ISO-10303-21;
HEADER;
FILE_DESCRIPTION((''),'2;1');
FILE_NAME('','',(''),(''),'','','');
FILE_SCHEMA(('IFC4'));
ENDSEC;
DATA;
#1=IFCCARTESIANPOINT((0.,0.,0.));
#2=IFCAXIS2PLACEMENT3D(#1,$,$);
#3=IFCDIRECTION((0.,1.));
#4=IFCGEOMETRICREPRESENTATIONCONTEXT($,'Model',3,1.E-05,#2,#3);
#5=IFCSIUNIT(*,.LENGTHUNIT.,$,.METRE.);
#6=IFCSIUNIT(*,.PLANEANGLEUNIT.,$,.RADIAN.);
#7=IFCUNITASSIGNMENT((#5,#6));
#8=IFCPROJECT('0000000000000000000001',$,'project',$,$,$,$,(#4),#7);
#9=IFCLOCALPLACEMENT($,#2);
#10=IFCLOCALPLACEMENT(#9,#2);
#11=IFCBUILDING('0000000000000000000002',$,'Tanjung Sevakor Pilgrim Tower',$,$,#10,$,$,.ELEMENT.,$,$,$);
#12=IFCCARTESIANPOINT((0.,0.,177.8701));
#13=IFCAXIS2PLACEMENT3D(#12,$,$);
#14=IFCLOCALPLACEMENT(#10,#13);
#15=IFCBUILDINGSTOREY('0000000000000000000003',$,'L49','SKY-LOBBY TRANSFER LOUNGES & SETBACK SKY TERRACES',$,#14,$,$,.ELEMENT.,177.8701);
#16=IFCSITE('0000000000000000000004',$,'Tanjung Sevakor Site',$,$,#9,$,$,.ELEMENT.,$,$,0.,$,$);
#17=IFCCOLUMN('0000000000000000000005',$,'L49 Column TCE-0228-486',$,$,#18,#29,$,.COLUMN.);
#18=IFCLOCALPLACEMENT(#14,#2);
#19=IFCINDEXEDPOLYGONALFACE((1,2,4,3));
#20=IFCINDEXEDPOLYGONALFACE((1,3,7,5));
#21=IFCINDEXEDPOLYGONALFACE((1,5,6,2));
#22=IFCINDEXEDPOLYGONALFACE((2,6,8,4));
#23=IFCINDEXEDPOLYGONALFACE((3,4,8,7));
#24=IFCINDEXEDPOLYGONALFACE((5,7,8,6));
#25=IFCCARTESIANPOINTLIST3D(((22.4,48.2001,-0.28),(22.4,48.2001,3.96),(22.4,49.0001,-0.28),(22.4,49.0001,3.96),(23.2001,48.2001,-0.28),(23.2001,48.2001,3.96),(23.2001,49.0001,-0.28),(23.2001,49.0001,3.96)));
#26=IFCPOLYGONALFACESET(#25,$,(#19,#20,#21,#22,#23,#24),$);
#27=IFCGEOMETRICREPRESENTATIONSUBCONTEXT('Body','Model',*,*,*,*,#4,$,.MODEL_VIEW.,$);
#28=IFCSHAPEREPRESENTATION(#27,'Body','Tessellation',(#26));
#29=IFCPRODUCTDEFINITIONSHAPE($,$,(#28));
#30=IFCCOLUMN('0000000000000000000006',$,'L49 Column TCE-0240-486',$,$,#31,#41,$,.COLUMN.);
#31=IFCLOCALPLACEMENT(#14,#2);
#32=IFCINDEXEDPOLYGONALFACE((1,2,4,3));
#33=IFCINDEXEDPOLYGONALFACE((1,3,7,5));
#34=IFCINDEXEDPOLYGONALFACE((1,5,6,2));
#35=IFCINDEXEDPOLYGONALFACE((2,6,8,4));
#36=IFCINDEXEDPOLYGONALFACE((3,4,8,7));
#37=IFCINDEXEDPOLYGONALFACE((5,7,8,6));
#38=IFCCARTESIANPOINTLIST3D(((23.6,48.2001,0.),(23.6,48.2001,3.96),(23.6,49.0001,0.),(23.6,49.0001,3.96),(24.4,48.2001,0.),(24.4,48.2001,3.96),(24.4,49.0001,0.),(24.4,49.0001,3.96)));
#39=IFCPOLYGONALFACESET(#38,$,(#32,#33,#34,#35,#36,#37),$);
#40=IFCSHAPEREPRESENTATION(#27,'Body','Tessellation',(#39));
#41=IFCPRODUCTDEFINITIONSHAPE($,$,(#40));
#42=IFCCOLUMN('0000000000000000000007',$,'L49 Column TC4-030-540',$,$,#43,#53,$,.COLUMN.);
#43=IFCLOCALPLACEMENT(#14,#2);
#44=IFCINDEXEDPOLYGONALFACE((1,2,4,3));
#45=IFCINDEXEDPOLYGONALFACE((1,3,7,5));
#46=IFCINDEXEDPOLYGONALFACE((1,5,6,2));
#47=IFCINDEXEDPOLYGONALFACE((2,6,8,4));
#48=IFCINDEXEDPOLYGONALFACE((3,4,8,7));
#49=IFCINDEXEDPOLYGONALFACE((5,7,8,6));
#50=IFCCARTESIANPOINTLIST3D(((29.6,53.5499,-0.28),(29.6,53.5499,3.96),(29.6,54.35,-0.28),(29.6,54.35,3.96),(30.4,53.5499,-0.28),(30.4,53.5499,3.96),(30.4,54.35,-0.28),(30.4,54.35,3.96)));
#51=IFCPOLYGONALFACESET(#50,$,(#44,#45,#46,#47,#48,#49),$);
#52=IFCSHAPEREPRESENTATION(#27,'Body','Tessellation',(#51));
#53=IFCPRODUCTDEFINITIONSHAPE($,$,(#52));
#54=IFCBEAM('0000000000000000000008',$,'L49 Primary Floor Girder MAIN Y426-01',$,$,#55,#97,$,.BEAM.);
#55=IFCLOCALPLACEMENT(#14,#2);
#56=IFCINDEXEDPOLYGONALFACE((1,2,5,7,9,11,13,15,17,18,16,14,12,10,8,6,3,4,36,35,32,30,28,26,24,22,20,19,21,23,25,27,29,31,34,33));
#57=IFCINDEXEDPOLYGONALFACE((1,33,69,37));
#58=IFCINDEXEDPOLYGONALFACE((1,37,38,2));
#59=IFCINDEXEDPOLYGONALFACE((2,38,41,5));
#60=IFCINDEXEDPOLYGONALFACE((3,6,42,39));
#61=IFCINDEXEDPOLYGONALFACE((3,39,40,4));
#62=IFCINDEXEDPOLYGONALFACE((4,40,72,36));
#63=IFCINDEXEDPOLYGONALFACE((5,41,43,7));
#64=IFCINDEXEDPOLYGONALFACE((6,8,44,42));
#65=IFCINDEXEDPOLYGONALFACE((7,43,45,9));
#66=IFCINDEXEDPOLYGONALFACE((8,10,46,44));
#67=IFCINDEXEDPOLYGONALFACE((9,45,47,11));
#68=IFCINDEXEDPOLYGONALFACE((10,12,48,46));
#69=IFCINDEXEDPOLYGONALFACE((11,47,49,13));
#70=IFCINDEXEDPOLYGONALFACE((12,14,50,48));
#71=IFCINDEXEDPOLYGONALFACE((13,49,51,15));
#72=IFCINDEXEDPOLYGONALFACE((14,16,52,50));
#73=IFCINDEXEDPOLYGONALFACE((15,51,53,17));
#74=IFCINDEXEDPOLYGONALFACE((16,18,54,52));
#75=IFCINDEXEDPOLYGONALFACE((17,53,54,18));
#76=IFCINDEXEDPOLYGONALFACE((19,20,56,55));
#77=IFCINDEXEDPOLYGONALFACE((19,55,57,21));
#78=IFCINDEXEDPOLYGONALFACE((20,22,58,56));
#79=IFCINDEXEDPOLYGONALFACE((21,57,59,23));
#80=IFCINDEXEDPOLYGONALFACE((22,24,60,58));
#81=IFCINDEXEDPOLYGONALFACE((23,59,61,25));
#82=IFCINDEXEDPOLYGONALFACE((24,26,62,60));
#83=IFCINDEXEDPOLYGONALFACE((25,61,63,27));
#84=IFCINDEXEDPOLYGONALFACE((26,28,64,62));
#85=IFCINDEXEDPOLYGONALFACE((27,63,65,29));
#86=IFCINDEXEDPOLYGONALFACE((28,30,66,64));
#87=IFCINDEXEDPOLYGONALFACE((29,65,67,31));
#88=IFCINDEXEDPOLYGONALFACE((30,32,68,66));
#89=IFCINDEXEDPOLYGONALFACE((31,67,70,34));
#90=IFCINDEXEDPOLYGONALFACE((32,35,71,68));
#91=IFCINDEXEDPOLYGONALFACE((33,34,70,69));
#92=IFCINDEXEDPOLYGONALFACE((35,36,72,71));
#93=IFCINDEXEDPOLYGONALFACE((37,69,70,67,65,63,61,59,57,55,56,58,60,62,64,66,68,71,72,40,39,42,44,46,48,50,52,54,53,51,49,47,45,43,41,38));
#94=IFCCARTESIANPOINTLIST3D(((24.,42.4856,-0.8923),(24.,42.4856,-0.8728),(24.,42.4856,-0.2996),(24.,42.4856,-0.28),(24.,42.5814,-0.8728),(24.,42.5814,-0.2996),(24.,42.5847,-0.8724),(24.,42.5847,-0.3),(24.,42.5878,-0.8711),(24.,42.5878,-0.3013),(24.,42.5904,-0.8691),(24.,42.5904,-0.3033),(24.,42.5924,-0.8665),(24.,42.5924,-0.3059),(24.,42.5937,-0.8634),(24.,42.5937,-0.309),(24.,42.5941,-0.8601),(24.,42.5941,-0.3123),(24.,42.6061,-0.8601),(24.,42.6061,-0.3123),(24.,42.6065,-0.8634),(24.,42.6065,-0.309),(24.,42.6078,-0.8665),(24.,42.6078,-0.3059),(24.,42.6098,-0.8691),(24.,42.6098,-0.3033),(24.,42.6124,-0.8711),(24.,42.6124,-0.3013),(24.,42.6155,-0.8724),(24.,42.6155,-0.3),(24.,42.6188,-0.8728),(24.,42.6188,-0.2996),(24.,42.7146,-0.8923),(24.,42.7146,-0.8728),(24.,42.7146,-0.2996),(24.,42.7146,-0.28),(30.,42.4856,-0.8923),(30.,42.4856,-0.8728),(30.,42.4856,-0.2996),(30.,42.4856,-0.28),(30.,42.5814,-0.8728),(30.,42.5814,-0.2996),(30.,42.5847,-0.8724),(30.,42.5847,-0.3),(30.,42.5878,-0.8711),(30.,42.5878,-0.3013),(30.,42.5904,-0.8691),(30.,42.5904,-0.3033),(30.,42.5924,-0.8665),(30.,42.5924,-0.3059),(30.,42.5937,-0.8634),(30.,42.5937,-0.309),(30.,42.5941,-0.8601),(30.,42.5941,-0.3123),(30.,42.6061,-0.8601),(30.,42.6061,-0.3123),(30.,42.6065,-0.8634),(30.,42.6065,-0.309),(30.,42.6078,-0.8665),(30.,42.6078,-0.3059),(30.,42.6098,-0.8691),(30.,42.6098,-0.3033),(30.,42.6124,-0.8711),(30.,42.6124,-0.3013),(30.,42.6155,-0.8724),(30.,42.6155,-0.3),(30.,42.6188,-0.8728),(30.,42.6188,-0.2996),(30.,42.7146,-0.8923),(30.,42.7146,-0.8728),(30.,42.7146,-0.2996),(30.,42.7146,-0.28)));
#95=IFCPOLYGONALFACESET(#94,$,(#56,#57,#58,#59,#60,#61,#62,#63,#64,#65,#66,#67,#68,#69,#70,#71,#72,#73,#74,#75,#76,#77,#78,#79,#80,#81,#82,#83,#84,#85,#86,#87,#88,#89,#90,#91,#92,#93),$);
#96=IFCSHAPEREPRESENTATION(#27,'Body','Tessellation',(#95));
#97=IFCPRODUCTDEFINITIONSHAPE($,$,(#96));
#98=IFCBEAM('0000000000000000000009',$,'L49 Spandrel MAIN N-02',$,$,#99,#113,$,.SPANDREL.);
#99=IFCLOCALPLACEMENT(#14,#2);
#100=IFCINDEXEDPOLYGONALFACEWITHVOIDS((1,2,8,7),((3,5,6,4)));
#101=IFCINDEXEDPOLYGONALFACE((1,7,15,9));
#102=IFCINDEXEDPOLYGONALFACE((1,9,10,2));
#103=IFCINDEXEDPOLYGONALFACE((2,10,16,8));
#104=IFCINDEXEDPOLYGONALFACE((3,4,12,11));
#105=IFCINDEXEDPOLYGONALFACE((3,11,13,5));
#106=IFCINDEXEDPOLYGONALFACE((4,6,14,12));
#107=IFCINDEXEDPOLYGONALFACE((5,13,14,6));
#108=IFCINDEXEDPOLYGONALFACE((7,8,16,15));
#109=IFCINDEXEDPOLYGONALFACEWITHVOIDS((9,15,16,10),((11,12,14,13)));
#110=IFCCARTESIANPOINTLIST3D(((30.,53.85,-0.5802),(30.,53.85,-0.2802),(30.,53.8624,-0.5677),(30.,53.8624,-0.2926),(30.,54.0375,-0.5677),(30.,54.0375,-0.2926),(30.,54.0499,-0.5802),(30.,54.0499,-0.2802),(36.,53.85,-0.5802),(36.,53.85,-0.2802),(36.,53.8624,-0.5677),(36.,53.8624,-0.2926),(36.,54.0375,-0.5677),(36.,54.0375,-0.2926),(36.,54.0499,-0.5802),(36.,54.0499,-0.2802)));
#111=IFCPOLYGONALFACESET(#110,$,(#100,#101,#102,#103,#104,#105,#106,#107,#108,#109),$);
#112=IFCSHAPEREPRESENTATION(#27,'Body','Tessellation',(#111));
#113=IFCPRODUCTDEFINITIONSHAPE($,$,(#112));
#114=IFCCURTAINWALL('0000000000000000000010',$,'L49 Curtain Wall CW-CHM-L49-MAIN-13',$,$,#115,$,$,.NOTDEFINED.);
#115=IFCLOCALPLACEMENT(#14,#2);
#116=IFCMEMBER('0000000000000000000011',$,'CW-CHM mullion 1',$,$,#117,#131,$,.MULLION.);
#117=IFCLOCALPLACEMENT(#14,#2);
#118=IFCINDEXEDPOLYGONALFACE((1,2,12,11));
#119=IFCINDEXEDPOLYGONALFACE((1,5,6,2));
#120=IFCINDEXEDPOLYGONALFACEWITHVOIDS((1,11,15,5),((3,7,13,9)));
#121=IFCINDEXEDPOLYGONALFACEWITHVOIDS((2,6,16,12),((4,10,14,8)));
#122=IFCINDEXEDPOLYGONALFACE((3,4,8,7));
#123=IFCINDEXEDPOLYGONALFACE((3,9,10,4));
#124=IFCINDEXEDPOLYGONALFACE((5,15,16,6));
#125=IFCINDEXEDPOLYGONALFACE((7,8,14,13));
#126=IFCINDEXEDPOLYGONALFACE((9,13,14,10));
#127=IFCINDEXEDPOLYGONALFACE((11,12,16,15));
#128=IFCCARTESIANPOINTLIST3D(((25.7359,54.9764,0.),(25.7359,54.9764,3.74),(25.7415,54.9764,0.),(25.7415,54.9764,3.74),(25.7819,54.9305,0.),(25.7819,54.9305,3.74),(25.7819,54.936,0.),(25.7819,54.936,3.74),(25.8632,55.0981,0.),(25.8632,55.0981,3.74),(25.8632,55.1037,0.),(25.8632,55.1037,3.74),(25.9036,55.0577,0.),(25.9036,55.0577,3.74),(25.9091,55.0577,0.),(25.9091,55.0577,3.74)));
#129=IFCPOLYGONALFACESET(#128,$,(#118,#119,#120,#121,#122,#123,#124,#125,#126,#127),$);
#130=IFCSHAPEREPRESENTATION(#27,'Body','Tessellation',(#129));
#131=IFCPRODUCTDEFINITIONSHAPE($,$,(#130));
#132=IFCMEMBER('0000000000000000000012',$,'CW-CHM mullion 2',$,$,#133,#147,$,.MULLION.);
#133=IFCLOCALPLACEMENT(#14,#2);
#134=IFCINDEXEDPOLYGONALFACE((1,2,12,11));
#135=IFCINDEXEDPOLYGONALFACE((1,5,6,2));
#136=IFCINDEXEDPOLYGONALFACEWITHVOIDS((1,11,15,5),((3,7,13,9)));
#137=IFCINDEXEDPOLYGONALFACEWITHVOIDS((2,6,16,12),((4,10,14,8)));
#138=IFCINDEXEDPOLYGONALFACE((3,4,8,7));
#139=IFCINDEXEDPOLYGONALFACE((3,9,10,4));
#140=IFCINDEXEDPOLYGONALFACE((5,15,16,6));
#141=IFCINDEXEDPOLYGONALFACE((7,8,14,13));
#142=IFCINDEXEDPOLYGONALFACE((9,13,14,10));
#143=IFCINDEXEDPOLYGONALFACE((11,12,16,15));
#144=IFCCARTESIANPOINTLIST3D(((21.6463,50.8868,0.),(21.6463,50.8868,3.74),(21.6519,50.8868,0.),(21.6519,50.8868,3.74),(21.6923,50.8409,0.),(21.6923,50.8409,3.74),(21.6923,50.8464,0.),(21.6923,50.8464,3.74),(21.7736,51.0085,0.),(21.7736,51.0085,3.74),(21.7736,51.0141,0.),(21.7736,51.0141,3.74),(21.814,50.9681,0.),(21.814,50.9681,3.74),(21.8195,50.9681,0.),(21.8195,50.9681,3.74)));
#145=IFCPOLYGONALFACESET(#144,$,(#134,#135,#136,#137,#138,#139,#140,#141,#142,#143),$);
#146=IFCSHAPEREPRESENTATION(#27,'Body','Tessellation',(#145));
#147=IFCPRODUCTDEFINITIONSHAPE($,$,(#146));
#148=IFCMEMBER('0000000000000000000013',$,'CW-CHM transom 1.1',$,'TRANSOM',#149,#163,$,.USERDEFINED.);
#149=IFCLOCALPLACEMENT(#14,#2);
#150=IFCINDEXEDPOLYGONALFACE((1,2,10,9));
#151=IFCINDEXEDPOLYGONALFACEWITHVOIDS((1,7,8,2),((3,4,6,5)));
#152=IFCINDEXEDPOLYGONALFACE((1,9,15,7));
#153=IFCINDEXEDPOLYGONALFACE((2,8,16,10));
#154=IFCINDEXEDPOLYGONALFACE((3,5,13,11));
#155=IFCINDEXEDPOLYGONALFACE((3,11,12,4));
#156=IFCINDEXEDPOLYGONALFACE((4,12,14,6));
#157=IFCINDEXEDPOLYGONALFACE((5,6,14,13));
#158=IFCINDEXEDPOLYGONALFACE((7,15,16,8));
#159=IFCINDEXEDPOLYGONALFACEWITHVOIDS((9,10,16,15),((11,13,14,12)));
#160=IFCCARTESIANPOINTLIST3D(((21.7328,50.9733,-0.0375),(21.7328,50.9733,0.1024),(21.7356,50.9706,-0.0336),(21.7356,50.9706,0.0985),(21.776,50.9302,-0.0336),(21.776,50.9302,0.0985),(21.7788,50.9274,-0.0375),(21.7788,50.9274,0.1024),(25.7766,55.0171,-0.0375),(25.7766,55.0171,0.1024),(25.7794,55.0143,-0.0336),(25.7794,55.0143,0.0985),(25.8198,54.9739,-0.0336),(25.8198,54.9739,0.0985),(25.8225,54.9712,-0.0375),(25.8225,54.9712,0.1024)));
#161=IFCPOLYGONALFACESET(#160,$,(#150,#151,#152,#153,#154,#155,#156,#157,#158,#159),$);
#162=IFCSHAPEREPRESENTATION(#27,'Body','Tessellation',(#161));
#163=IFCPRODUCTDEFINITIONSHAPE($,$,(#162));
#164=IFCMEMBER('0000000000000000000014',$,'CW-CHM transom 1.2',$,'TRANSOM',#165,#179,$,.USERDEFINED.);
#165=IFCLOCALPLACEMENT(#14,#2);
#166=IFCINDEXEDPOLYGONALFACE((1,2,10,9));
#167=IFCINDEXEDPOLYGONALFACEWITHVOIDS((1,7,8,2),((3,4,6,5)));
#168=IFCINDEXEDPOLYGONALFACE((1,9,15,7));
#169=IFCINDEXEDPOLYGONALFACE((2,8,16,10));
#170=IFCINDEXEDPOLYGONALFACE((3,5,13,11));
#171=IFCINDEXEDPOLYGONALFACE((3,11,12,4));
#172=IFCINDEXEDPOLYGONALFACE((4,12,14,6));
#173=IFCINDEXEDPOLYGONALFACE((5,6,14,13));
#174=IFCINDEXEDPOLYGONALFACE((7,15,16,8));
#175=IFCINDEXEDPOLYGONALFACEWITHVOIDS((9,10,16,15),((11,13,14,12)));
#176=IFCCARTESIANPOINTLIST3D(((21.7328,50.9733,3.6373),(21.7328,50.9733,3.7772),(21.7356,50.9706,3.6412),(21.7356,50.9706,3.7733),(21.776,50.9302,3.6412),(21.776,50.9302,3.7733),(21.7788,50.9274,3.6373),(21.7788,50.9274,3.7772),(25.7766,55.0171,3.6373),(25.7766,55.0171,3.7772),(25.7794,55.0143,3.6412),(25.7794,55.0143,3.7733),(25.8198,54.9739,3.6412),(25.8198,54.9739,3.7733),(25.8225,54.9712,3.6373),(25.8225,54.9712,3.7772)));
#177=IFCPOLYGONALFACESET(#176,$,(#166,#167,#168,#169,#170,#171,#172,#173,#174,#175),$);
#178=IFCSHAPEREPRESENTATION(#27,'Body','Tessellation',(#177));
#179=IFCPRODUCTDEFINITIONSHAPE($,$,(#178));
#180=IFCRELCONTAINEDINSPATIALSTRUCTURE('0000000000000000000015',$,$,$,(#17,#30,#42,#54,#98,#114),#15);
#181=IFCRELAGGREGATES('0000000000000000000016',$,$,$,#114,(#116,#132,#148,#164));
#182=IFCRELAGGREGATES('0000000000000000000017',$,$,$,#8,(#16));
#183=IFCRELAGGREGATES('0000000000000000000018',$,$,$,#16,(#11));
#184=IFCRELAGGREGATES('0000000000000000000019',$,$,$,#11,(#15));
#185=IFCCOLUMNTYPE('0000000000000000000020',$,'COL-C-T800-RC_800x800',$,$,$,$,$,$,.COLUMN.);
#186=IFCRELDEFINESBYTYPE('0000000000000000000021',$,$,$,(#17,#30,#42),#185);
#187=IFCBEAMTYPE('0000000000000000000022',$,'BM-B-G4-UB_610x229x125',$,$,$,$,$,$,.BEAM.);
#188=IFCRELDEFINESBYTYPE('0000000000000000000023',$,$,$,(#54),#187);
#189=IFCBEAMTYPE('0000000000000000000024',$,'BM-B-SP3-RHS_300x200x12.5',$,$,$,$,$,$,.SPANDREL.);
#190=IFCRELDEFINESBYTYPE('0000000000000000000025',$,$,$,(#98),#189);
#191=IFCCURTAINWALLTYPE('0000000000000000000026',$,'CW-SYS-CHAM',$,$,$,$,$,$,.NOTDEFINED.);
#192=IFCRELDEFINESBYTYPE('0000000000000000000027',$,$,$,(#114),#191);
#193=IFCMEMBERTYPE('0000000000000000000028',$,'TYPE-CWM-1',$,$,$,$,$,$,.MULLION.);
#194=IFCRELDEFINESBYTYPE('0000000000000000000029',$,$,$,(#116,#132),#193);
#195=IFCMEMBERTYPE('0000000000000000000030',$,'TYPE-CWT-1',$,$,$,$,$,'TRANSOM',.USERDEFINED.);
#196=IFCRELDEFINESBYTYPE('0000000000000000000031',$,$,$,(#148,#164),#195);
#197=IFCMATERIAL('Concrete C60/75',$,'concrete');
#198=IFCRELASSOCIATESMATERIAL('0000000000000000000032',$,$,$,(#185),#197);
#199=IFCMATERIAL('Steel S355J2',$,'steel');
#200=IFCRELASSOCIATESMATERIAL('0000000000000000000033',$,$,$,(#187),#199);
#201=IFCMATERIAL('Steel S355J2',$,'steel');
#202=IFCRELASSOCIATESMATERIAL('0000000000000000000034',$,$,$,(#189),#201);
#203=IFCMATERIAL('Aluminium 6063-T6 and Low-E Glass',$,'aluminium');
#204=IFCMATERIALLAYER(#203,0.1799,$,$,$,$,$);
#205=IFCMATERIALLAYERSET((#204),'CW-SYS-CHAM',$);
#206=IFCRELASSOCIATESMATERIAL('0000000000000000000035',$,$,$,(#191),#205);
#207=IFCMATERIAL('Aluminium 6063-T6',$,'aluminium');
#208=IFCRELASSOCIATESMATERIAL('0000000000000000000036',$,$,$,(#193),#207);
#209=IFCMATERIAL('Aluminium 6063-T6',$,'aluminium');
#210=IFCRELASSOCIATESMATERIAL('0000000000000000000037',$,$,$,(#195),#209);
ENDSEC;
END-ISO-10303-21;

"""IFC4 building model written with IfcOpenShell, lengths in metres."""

from ifc_helpers import new_model, si_unit, direction, frame, origin, origin_2d, place, context, subcontext, project, spatial, rectangle, hollow_rectangle, i_section, extrude, material, layer, layer_set, material_profile, profile_set, type_object, element, aggregate, save


model = new_model("IFC4")

# Units and contexts
model_context = context("Model", 3, precision=1e-05, world=origin(), true_north=direction((0.0, 1.0)))
body_context = subcontext(model_context, "Body", "Model", "MODEL_VIEW")
ifc_project = project(units=[si_unit("LENGTHUNIT", "METRE"), si_unit("PLANEANGLEUNIT", "RADIAN")], contexts=[model_context])

# Site, building, storey
site_placement = place(None, origin())
site = spatial("IfcSite", under=ifc_project, at=site_placement, Name="Tanjung Sevakor Site", CompositionType="ELEMENT", RefElevation=0.0)
building_placement = place(site_placement, origin())
building = spatial("IfcBuilding", under=site, at=building_placement, Name="Tanjung Sevakor Pilgrim Tower", CompositionType="ELEMENT")
storey_placement = place(building_placement, frame((0.0, 0.0, 177.8701)))
storey = spatial("IfcBuildingStorey", under=building, at=storey_placement, Name="L49", Description="SKY-LOBBY TRANSFER LOUNGES & SETBACK SKY TERRACES", CompositionType="ELEMENT", Elevation=177.8701)

# Columns
ifc_material_1 = material(Name="Concrete C60/75", Category="concrete")
ifc_material_profile_1 = material_profile(ifc_material_1, rectangle(XDim=0.8, YDim=0.8, at=origin_2d()))
ifc_profile_set_1 = profile_set([ifc_material_profile_1], Name="Concrete C60/75")
column_type = type_object("IfcColumnType", Name="COL-C-T800-RC_800x800", PredefinedType="COLUMN", material=ifc_profile_set_1)
column_1_placement = place(storey_placement, frame((22.8, 48.6001, -0.28), z_axis=(0.0, 0.0, 1.0), x_axis=(1.0, 0.0, 0.0)))
element("IfcColumn", 1, at=column_1_placement, inside=storey, type_object=column_type, Name="L49 Column TCE-0228-486", PredefinedType="COLUMN", context=body_context, shape_type="SweptSolid", body=[
    extrude(rectangle(XDim=0.8, YDim=0.8, at=origin_2d()), origin(), (0.0, 0.0, 1.0), 4.24),
])
column_2_placement = place(storey_placement, frame((24.0, 48.6001, 0.0), z_axis=(0.0, 0.0, 1.0), x_axis=(1.0, 0.0, 0.0)))
element("IfcColumn", 2, at=column_2_placement, inside=storey, type_object=column_type, Name="L49 Column TCE-0240-486", PredefinedType="COLUMN", context=body_context, shape_type="SweptSolid", body=[
    extrude(rectangle(XDim=0.8, YDim=0.8, at=origin_2d()), origin(), (0.0, 0.0, 1.0), 3.96),
])
column_3_placement = place(storey_placement, frame((30.0, 53.95, -0.28), z_axis=(0.0, 0.0, 1.0), x_axis=(1.0, 0.0, 0.0)))
element("IfcColumn", 3, at=column_3_placement, inside=storey, type_object=column_type, Name="L49 Column TC4-030-540", PredefinedType="COLUMN", context=body_context, shape_type="SweptSolid", body=[
    extrude(rectangle(XDim=0.8, YDim=0.8, at=origin_2d()), origin(), (0.0, 0.0, 1.0), 4.24),
])

# Beams
ifc_material_2 = material(Name="Steel S355J2", Category="steel")
ifc_material_profile_2 = material_profile(ifc_material_2, i_section(OverallWidth=0.229, OverallDepth=0.6123, WebThickness=0.012, FlangeThickness=0.0195, FilletRadius=0.0127, at=origin_2d()))
ifc_profile_set_2 = profile_set([ifc_material_profile_2], Name="Steel S355J2")
beam_type_1 = type_object("IfcBeamType", Name="BM-B-G4-UB_610x229x125", PredefinedType="BEAM", material=ifc_profile_set_2)
beam_1_placement = place(storey_placement, frame((24.0, 42.6001, -0.5862), z_axis=(1.0, 0.0, 0.0), x_axis=(0.0, 1.0, 0.0)))
element("IfcBeam", 4, at=beam_1_placement, inside=storey, type_object=beam_type_1, Name="L49 Primary Floor Girder MAIN Y426-01", PredefinedType="BEAM", context=body_context, shape_type="SweptSolid", body=[
    extrude(i_section(OverallWidth=0.229, OverallDepth=0.6123, WebThickness=0.012, FlangeThickness=0.0195, FilletRadius=0.0127, at=origin_2d()), origin(), (0.0, 0.0, 1.0), 6.0),
])
ifc_material_3 = material(Name="Steel S355J2", Category="steel")
ifc_material_profile_3 = material_profile(ifc_material_3, hollow_rectangle(XDim=0.2, YDim=0.3, WallThickness=0.0125, at=origin_2d()))
ifc_profile_set_3 = profile_set([ifc_material_profile_3], Name="Steel S355J2")
beam_type_2 = type_object("IfcBeamType", Name="BM-B-SP3-RHS_300x200x12.5", PredefinedType="SPANDREL", material=ifc_profile_set_3)
beam_2_placement = place(storey_placement, frame((30.0, 53.95, -0.4302), z_axis=(1.0, 0.0, 0.0), x_axis=(0.0, 1.0, 0.0)))
element("IfcBeam", 5, at=beam_2_placement, inside=storey, type_object=beam_type_2, Name="L49 Spandrel MAIN N-02", PredefinedType="SPANDREL", context=body_context, shape_type="SweptSolid", body=[
    extrude(hollow_rectangle(XDim=0.2, YDim=0.3, WallThickness=0.0125, at=origin_2d()), origin(), (0.0, 0.0, 1.0), 6.0),
])

# Curtain wall, members
ifc_material_4 = material(Name="Aluminium 6063-T6 and Low-E Glass", Category="aluminium")
ifc_layer_1 = layer(ifc_material_4, 0.1799)
ifc_layer_set_1 = layer_set([ifc_layer_1], Name="CW-SYS-CHAM")
curtain_wall_type = type_object("IfcCurtainWallType", Name="CW-SYS-CHAM", PredefinedType="NOTDEFINED", material=ifc_layer_set_1)
curtain_wall_placement = place(storey_placement, origin())
curtain_wall = element("IfcCurtainWall", 6, at=curtain_wall_placement, inside=storey, type_object=curtain_wall_type, Name="L49 Curtain Wall CW-CHM-L49-MAIN-13", PredefinedType="NOTDEFINED")
ifc_material_5 = material(Name="Aluminium 6063-T6", Category="aluminium")
ifc_material_profile_4 = material_profile(ifc_material_5, hollow_rectangle(XDim=0.0649, YDim=0.1799, WallThickness=0.0039, at=origin_2d()))
ifc_profile_set_4 = profile_set([ifc_material_profile_4], Name="Aluminium 6063-T6")
member_type_1 = type_object("IfcMemberType", Name="TYPE-CWM-1", PredefinedType="MULLION", material=ifc_profile_set_4)
member_1_placement = place(storey_placement, frame((25.8225, 55.0171, 0.0), z_axis=(0.0, 0.0, 1.0), x_axis=(0.707107, -0.707107, 0.0)))
member_1 = element("IfcMember", 7, at=member_1_placement, type_object=member_type_1, Name="CW-CHM mullion 1", PredefinedType="MULLION", context=body_context, shape_type="SweptSolid", body=[
    extrude(hollow_rectangle(XDim=0.0649, YDim=0.1799, WallThickness=0.0039, at=origin_2d()), origin(), (0.0, 0.0, 1.0), 3.74),
])
member_2_placement = place(storey_placement, frame((21.7329, 50.9275, 0.0), z_axis=(0.0, 0.0, 1.0), x_axis=(0.707107, -0.707107, 0.0)))
member_2 = element("IfcMember", 8, at=member_2_placement, type_object=member_type_1, Name="CW-CHM mullion 2", PredefinedType="MULLION", context=body_context, shape_type="SweptSolid", body=[
    extrude(hollow_rectangle(XDim=0.0649, YDim=0.1799, WallThickness=0.0039, at=origin_2d()), origin(), (0.0, 0.0, 1.0), 3.74),
])
ifc_material_6 = material(Name="Aluminium 6063-T6", Category="aluminium")
ifc_material_profile_5 = material_profile(ifc_material_6, hollow_rectangle(XDim=0.0649, YDim=0.1399, WallThickness=0.0039, at=origin_2d()))
ifc_profile_set_5 = profile_set([ifc_material_profile_5], Name="Aluminium 6063-T6")
member_type_2 = type_object("IfcMemberType", Name="TYPE-CWT-1", ElementType="TRANSOM", PredefinedType="USERDEFINED", material=ifc_profile_set_5)
member_3_placement = place(storey_placement, frame((25.7996, 54.9941, 0.0325), z_axis=(-0.707107, -0.707107, 0.0), x_axis=(0.707107, -0.707107, 0.0)))
member_3 = element("IfcMember", 9, at=member_3_placement, type_object=member_type_2, Name="CW-CHM transom 1.1", ObjectType="TRANSOM", PredefinedType="USERDEFINED", context=body_context, shape_type="SweptSolid", body=[
    extrude(hollow_rectangle(XDim=0.0649, YDim=0.1399, WallThickness=0.0039, at=origin_2d()), origin(), (0.0, 0.0, 1.0), 5.7188),
])
member_4_placement = place(storey_placement, frame((25.7996, 54.9941, 3.7073), z_axis=(-0.707107, -0.707107, 0.0), x_axis=(0.707107, -0.707107, 0.0)))
member_4 = element("IfcMember", 10, at=member_4_placement, type_object=member_type_2, Name="CW-CHM transom 1.2", ObjectType="TRANSOM", PredefinedType="USERDEFINED", context=body_context, shape_type="SweptSolid", body=[
    extrude(hollow_rectangle(XDim=0.0649, YDim=0.1399, WallThickness=0.0039, at=origin_2d()), origin(), (0.0, 0.0, 1.0), 5.7188),
])
aggregate(curtain_wall, [member_1, member_2, member_3, member_4])

save(model, "model.ifc")
